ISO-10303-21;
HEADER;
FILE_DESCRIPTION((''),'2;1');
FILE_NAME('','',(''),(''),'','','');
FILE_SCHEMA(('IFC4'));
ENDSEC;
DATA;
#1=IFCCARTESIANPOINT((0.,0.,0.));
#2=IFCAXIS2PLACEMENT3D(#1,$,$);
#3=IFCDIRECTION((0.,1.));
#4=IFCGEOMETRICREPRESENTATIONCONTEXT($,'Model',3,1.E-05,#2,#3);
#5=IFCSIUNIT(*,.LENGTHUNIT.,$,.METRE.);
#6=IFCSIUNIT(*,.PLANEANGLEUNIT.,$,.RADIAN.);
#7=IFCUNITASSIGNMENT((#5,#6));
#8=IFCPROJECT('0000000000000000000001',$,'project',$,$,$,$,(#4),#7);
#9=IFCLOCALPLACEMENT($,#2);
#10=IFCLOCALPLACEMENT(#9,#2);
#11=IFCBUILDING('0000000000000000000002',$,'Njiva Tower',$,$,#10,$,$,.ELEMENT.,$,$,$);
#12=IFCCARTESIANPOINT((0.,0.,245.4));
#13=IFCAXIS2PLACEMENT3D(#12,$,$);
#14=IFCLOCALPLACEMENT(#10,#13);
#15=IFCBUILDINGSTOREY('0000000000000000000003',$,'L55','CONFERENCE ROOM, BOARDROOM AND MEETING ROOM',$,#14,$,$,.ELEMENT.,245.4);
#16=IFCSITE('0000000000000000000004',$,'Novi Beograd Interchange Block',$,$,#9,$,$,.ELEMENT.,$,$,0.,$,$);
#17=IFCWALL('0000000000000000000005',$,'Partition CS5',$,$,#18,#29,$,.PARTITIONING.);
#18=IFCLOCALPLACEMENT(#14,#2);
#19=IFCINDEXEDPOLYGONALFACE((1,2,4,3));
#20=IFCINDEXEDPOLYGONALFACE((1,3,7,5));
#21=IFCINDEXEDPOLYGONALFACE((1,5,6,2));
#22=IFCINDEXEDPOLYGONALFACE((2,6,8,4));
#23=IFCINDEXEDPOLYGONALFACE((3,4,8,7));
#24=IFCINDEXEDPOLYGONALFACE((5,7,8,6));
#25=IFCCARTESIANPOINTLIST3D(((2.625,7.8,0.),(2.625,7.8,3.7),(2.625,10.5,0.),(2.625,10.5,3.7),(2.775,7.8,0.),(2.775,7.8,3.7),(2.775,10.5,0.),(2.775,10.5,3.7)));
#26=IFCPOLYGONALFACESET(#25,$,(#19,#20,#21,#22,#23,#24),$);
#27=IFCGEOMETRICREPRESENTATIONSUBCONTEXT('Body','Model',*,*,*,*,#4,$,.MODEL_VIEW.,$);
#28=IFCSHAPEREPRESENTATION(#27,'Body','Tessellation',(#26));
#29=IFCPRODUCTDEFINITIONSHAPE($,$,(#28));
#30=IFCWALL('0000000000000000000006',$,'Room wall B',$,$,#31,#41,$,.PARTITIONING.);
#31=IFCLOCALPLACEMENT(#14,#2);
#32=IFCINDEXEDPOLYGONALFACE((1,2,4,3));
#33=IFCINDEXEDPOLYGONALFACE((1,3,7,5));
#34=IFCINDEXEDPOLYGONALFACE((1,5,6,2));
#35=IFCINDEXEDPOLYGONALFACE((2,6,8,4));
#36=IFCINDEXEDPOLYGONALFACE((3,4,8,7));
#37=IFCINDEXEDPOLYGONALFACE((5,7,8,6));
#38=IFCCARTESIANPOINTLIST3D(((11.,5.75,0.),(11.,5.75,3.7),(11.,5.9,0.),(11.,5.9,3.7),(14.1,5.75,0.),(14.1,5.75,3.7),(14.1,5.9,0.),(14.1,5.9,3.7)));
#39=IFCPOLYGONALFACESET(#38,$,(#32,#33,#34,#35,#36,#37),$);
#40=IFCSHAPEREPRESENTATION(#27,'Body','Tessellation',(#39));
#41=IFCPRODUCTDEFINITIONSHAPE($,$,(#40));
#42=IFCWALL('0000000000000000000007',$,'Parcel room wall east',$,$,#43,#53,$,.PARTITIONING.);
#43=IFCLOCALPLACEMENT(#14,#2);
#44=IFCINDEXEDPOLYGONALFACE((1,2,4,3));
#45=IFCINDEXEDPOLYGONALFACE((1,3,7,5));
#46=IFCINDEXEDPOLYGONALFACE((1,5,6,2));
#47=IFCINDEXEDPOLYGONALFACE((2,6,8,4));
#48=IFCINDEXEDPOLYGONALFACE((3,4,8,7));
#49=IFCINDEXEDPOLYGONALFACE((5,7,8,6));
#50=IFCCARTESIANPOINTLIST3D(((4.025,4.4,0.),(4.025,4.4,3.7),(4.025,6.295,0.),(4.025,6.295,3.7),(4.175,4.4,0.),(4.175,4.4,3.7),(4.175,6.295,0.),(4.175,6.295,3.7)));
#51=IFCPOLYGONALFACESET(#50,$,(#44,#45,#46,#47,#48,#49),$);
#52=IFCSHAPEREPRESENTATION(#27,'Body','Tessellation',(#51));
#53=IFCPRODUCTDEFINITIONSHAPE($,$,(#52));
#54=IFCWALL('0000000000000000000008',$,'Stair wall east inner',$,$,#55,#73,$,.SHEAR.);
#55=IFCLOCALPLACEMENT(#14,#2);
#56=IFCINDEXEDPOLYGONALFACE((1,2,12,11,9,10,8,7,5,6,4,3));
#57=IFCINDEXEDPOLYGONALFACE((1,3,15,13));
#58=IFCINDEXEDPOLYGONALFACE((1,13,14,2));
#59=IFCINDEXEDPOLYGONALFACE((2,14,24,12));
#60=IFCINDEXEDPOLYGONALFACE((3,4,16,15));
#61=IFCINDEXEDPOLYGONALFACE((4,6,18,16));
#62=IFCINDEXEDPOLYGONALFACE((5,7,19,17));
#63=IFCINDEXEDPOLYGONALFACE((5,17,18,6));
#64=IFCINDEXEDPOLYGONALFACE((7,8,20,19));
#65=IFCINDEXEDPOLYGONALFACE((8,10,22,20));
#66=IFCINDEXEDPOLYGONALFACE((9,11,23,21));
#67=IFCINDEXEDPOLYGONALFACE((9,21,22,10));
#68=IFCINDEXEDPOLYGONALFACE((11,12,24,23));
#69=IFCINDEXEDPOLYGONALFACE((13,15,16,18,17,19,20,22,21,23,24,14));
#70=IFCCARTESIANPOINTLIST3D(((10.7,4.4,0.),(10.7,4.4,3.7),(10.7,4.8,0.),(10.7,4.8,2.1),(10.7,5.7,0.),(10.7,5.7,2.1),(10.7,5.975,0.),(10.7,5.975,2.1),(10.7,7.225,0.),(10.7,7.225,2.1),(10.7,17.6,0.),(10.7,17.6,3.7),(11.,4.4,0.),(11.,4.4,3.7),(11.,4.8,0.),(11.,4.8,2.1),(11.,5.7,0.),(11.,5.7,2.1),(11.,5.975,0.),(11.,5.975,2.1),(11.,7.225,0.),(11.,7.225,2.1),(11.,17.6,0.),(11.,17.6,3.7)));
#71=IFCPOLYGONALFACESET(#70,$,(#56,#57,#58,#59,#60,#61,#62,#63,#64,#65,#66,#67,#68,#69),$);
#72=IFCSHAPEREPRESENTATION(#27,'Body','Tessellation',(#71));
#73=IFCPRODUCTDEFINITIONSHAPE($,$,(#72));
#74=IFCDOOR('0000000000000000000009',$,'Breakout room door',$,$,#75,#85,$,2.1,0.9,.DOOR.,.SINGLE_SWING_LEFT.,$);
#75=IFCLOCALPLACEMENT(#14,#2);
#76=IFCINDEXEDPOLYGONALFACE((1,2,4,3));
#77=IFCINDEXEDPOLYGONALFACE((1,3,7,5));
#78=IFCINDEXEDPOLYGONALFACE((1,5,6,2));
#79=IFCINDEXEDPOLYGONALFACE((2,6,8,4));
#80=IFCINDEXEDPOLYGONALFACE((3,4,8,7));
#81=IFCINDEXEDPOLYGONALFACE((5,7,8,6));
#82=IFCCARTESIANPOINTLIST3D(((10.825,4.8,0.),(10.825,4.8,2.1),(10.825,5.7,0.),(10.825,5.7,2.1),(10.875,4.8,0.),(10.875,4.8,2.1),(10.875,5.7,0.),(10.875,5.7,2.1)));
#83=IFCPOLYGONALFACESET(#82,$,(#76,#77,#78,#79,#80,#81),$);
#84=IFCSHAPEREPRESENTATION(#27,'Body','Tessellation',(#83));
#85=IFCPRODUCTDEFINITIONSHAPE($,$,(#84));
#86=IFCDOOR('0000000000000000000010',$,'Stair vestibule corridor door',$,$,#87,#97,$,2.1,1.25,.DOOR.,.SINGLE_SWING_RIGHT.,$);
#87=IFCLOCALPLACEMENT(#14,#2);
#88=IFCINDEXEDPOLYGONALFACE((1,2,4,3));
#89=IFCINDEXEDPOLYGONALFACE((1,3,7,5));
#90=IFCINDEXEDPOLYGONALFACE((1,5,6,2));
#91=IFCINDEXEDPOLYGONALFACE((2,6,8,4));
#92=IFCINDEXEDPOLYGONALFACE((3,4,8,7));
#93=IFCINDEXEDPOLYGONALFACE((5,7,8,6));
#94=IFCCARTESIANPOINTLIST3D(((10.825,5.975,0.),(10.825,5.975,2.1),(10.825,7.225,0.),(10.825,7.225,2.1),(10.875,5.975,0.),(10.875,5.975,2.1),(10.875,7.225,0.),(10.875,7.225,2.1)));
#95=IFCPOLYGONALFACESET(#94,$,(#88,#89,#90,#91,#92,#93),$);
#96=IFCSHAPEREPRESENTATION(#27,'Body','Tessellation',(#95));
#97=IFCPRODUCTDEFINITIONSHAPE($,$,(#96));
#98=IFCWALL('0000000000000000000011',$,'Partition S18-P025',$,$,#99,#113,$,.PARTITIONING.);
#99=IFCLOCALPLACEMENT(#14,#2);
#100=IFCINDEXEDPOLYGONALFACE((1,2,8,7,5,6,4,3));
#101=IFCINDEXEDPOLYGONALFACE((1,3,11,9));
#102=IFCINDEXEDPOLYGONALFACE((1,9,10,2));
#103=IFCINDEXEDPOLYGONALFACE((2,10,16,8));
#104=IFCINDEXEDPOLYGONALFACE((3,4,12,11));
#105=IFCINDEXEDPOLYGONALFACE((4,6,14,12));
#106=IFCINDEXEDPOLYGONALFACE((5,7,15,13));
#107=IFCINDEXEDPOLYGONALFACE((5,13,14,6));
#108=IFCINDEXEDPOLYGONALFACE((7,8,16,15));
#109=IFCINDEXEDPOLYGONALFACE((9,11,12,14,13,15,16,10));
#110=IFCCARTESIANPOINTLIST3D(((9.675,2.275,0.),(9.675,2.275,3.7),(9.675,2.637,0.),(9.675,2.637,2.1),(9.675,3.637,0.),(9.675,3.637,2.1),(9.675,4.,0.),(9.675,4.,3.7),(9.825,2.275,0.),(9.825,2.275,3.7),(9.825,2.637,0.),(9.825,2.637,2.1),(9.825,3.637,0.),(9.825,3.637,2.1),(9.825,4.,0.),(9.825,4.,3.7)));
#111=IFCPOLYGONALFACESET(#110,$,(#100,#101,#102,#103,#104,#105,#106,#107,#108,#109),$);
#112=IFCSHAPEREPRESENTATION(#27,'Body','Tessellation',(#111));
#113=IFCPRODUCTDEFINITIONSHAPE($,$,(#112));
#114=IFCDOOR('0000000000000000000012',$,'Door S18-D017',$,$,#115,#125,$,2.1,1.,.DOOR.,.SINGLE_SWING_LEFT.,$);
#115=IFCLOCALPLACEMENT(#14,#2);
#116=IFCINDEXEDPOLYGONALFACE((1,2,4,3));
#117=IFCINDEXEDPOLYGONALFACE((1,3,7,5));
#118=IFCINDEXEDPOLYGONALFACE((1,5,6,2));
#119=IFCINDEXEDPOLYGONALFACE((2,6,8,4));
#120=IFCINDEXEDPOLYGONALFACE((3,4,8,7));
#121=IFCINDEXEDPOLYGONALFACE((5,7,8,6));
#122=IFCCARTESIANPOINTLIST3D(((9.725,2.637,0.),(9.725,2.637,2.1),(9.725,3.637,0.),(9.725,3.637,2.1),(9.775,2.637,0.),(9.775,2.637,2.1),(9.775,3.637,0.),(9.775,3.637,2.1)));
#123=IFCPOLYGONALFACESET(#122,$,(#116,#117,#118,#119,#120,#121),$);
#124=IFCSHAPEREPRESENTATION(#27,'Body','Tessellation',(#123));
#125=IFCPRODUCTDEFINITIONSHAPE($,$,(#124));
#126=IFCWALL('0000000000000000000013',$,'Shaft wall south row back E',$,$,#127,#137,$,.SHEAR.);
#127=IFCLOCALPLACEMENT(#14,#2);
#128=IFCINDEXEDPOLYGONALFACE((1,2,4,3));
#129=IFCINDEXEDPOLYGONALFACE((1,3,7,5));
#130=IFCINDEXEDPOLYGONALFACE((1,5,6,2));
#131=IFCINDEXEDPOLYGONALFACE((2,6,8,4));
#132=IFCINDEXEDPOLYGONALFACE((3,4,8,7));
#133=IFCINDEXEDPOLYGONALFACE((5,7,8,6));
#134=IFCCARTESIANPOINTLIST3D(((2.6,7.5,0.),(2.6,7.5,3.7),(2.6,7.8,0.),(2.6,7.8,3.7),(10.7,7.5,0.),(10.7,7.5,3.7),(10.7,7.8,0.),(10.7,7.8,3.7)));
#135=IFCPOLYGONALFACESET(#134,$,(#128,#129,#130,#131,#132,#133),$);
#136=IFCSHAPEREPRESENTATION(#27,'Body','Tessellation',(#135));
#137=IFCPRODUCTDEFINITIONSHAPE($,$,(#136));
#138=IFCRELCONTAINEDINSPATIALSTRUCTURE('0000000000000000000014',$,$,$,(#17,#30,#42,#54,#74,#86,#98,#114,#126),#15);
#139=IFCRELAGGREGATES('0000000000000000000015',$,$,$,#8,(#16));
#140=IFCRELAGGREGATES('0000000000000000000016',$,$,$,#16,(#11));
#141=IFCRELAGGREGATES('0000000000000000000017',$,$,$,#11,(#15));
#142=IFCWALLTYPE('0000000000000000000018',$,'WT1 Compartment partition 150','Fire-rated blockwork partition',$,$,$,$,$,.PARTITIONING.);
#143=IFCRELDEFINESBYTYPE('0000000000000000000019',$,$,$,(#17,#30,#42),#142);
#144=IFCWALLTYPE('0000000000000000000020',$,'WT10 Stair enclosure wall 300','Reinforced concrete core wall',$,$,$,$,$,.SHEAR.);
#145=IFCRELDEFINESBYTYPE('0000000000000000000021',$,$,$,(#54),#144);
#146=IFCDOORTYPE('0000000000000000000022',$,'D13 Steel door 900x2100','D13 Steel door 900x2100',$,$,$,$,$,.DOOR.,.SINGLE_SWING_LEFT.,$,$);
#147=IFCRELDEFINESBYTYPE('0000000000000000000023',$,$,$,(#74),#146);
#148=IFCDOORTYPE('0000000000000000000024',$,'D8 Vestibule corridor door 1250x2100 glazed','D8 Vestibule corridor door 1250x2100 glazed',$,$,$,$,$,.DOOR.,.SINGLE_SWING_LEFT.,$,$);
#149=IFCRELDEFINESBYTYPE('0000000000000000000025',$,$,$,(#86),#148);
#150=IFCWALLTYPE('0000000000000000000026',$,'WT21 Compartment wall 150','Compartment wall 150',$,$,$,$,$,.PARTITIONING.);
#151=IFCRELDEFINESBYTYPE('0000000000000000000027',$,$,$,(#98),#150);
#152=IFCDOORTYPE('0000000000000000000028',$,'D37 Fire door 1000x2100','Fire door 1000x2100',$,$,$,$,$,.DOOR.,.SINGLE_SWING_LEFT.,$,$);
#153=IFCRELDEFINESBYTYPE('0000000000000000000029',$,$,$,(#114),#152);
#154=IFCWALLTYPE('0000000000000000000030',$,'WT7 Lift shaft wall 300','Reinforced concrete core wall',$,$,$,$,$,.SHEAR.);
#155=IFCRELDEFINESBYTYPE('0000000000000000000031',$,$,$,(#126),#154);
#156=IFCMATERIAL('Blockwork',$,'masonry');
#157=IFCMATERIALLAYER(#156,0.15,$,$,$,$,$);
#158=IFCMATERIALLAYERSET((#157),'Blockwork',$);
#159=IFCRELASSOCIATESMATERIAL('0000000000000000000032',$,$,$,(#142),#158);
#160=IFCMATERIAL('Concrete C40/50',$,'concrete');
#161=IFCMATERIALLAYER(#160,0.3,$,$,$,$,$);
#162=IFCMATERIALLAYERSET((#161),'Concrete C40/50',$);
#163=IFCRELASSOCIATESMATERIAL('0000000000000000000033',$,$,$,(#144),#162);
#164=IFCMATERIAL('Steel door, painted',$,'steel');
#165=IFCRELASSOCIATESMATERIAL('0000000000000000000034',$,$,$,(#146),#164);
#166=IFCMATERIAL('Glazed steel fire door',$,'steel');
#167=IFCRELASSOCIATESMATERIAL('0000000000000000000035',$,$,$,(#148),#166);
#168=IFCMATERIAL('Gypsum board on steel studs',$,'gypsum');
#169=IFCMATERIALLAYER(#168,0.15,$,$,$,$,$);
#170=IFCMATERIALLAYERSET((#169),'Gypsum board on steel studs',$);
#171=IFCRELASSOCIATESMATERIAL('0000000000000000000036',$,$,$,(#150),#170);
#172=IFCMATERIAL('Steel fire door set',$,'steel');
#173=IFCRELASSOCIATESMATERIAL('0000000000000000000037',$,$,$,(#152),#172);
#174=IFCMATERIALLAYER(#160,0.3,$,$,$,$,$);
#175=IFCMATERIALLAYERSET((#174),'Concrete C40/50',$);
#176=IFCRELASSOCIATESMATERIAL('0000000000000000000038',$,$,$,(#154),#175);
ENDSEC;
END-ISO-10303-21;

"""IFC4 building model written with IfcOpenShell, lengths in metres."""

from ifc_helpers import new_model, si_unit, direction, frame, frame_2d, origin, place, context, subcontext, project, spatial, rectangle, extrude, material, layer, layer_set, type_object, element, fill, save


model = new_model("IFC4")

# Units and contexts
model_context = context("Model", 3, precision=1e-05, world=origin(), true_north=direction((0.0, 1.0)))
body_context = subcontext(model_context, "Body", "Model", "MODEL_VIEW")
ifc_project = project(units=[si_unit("LENGTHUNIT", "METRE"), si_unit("PLANEANGLEUNIT", "RADIAN")], contexts=[model_context])

# Site, building, storey
site_placement = place(None, origin())
site = spatial("IfcSite", under=ifc_project, at=site_placement, Name="Novi Beograd Interchange Block", CompositionType="ELEMENT", RefElevation=0.0)
building_placement = place(site_placement, origin())
building = spatial("IfcBuilding", under=site, at=building_placement, Name="Njiva Tower", CompositionType="ELEMENT")
storey_placement = place(building_placement, frame((0.0, 0.0, 245.4)))
storey = spatial("IfcBuildingStorey", under=building, at=storey_placement, Name="L55", Description="CONFERENCE ROOM, BOARDROOM AND MEETING ROOM", CompositionType="ELEMENT", Elevation=245.4)

# Walls
ifc_material_1 = material(Name="Blockwork", Category="masonry")
ifc_layer_1 = layer(ifc_material_1, 0.15)
ifc_layer_set_1 = layer_set([ifc_layer_1], Name="Blockwork")
wall_type_1 = type_object("IfcWallType", Name="WT1 Compartment partition 150", Description="Fire-rated blockwork partition", PredefinedType="PARTITIONING", material=ifc_layer_set_1)
wall_1_placement = place(storey_placement, frame((2.7, 7.8, 0.0), z_axis=(0.0, 0.0, 1.0), x_axis=(0.0, 1.0, 0.0)))
element("IfcWall", 1, at=wall_1_placement, inside=storey, type_object=wall_type_1, Name="Partition CS5", PredefinedType="PARTITIONING", context=body_context, shape_type="SweptSolid", body=[
    extrude(rectangle(XDim=2.7, YDim=0.15, at=frame_2d((1.35, 0.0))), origin(), (0.0, 0.0, 1.0), 3.7),
])
wall_2_placement = place(storey_placement, frame((11.0, 5.825, 0.0), z_axis=(0.0, 0.0, 1.0), x_axis=(1.0, 0.0, 0.0)))
element("IfcWall", 2, at=wall_2_placement, inside=storey, type_object=wall_type_1, Name="Room wall B", PredefinedType="PARTITIONING", context=body_context, shape_type="SweptSolid", body=[
    extrude(rectangle(XDim=3.1, YDim=0.15, at=frame_2d((1.55, 0.0))), origin(), (0.0, 0.0, 1.0), 3.7),
])
wall_3_placement = place(storey_placement, frame((4.1, 4.4, 0.0), z_axis=(0.0, 0.0, 1.0), x_axis=(0.0, 1.0, 0.0)))
element("IfcWall", 3, at=wall_3_placement, inside=storey, type_object=wall_type_1, Name="Parcel room wall east", PredefinedType="PARTITIONING", context=body_context, shape_type="SweptSolid", body=[
    extrude(rectangle(XDim=1.895, YDim=0.15, at=frame_2d((0.9475, 0.0))), origin(), (0.0, 0.0, 1.0), 3.7),
])

# Wall, openings, doors
ifc_material_2 = material(Name="Concrete C40/50", Category="concrete")
ifc_layer_2 = layer(ifc_material_2, 0.3)
ifc_layer_set_2 = layer_set([ifc_layer_2], Name="Concrete C40/50")
wall_type_2 = type_object("IfcWallType", Name="WT10 Stair enclosure wall 300", Description="Reinforced concrete core wall", PredefinedType="SHEAR", material=ifc_layer_set_2)
wall_4_placement = place(storey_placement, frame((10.85, 4.4, 0.0), z_axis=(0.0, 0.0, 1.0), x_axis=(0.0, 1.0, 0.0)))
wall_4 = element("IfcWall", 4, at=wall_4_placement, inside=storey, type_object=wall_type_2, Name="Stair wall east inner", PredefinedType="SHEAR", context=body_context, shape_type="SweptSolid", body=[
    extrude(rectangle(XDim=13.2, YDim=0.3, at=frame_2d((6.6, 0.0))), origin(), (0.0, 0.0, 1.0), 3.7),
])
opening_1_placement = place(wall_4_placement, frame((1.575, 0.0, 0.0)))
opening_1 = element("IfcOpeningElement", 5, at=opening_1_placement, cuts=wall_4, PredefinedType="OPENING", context=body_context, shape_type="SweptSolid", body=[
    extrude(rectangle(XDim=1.25, YDim=2.1, at=frame_2d((0.625, 1.05))), frame((0.0, 0.16, 0.0), z_axis=(0.0, -1.0, 0.0), x_axis=(1.0, 0.0, 0.0)), (0.0, 0.0, 1.0), 0.32),
])
opening_2_placement = place(wall_4_placement, frame((0.4, 0.0, 0.0)))
opening_2 = element("IfcOpeningElement", 6, at=opening_2_placement, cuts=wall_4, PredefinedType="OPENING", context=body_context, shape_type="SweptSolid", body=[
    extrude(rectangle(XDim=0.9, YDim=2.1, at=frame_2d((0.45, 1.05))), frame((0.0, 0.16, 0.0), z_axis=(0.0, -1.0, 0.0), x_axis=(1.0, 0.0, 0.0)), (0.0, 0.0, 1.0), 0.32),
])
ifc_material_3 = material(Name="Steel door, painted", Category="steel")
door_type_1 = type_object("IfcDoorType", Name="D13 Steel door 900x2100", Description="D13 Steel door 900x2100", OperationType="SINGLE_SWING_LEFT", PredefinedType="DOOR", material=ifc_material_3)
door_1_placement = place(opening_2_placement, origin())
door_1 = element("IfcDoor", 7, at=door_1_placement, inside=storey, type_object=door_type_1, Name="Breakout room door", OperationType="SINGLE_SWING_LEFT", OverallHeight=2.1, OverallWidth=0.9, PredefinedType="DOOR", context=body_context, shape_type="SweptSolid", body=[
    extrude(rectangle(XDim=0.9, YDim=2.1, at=frame_2d((0.45, 1.05))), frame((0.0, 0.025, 0.0), z_axis=(0.0, -1.0, 0.0), x_axis=(1.0, 0.0, 0.0)), (0.0, 0.0, 1.0), 0.05),
])
fill(opening_2, door_1)
ifc_material_4 = material(Name="Glazed steel fire door", Category="steel")
door_type_2 = type_object("IfcDoorType", Name="D8 Vestibule corridor door 1250x2100 glazed", Description="D8 Vestibule corridor door 1250x2100 glazed", OperationType="SINGLE_SWING_LEFT", PredefinedType="DOOR", material=ifc_material_4)
door_2_placement = place(opening_1_placement, origin())
door_2 = element("IfcDoor", 8, at=door_2_placement, inside=storey, type_object=door_type_2, Name="Stair vestibule corridor door", OperationType="SINGLE_SWING_RIGHT", OverallHeight=2.1, OverallWidth=1.25, PredefinedType="DOOR", context=body_context, shape_type="SweptSolid", body=[
    extrude(rectangle(XDim=1.25, YDim=2.1, at=frame_2d((0.625, 1.05))), frame((0.0, 0.025, 0.0), z_axis=(0.0, -1.0, 0.0), x_axis=(1.0, 0.0, 0.0)), (0.0, 0.0, 1.0), 0.05),
])
fill(opening_1, door_2)

# Wall, opening, door
ifc_material_5 = material(Name="Gypsum board on steel studs", Category="gypsum")
ifc_layer_3 = layer(ifc_material_5, 0.15)
ifc_layer_set_3 = layer_set([ifc_layer_3], Name="Gypsum board on steel studs")
wall_type_3 = type_object("IfcWallType", Name="WT21 Compartment wall 150", Description="Compartment wall 150", PredefinedType="PARTITIONING", material=ifc_layer_set_3)
wall_5_placement = place(storey_placement, frame((9.75, 2.275, 0.0), z_axis=(0.0, 0.0, 1.0), x_axis=(0.0, 1.0, 0.0)))
wall_5 = element("IfcWall", 9, at=wall_5_placement, inside=storey, type_object=wall_type_3, Name="Partition S18-P025", PredefinedType="PARTITIONING", context=body_context, shape_type="SweptSolid", body=[
    extrude(rectangle(XDim=1.725, YDim=0.15, at=frame_2d((0.8625, 0.0))), origin(), (0.0, 0.0, 1.0), 3.7),
])
opening_3_placement = place(wall_5_placement, frame((0.362, 0.0, 0.0)))
opening_3 = element("IfcOpeningElement", 10, at=opening_3_placement, cuts=wall_5, PredefinedType="OPENING", context=body_context, shape_type="SweptSolid", body=[
    extrude(rectangle(XDim=1.0, YDim=2.1, at=frame_2d((0.5, 1.05))), frame((0.0, 0.085, 0.0), z_axis=(0.0, -1.0, 0.0), x_axis=(1.0, 0.0, 0.0)), (0.0, 0.0, 1.0), 0.17),
])
ifc_material_6 = material(Name="Steel fire door set", Category="steel")
door_type_3 = type_object("IfcDoorType", Name="D37 Fire door 1000x2100", Description="Fire door 1000x2100", OperationType="SINGLE_SWING_LEFT", PredefinedType="DOOR", material=ifc_material_6)
door_3_placement = place(opening_3_placement, origin())
door_3 = element("IfcDoor", 11, at=door_3_placement, inside=storey, type_object=door_type_3, Name="Door S18-D017", OperationType="SINGLE_SWING_LEFT", OverallHeight=2.1, OverallWidth=1.0, PredefinedType="DOOR", context=body_context, shape_type="SweptSolid", body=[
    extrude(rectangle(XDim=1.0, YDim=2.1, at=frame_2d((0.5, 1.05))), frame((0.0, 0.025, 0.0), z_axis=(0.0, -1.0, 0.0), x_axis=(1.0, 0.0, 0.0)), (0.0, 0.0, 1.0), 0.05),
])
fill(opening_3, door_3)

# Wall
ifc_layer_4 = layer(ifc_material_2, 0.3)
ifc_layer_set_4 = layer_set([ifc_layer_4], Name="Concrete C40/50")
wall_type_4 = type_object("IfcWallType", Name="WT7 Lift shaft wall 300", Description="Reinforced concrete core wall", PredefinedType="SHEAR", material=ifc_layer_set_4)
wall_6_placement = place(storey_placement, frame((2.6, 7.65, 0.0), z_axis=(0.0, 0.0, 1.0), x_axis=(1.0, 0.0, 0.0)))
element("IfcWall", 12, at=wall_6_placement, inside=storey, type_object=wall_type_4, Name="Shaft wall south row back E", PredefinedType="SHEAR", context=body_context, shape_type="SweptSolid", body=[
    extrude(rectangle(XDim=8.1, YDim=0.3, at=frame_2d((4.05, 0.0))), origin(), (0.0, 0.0, 1.0), 3.7),
])

save(model, "model.ifc")
